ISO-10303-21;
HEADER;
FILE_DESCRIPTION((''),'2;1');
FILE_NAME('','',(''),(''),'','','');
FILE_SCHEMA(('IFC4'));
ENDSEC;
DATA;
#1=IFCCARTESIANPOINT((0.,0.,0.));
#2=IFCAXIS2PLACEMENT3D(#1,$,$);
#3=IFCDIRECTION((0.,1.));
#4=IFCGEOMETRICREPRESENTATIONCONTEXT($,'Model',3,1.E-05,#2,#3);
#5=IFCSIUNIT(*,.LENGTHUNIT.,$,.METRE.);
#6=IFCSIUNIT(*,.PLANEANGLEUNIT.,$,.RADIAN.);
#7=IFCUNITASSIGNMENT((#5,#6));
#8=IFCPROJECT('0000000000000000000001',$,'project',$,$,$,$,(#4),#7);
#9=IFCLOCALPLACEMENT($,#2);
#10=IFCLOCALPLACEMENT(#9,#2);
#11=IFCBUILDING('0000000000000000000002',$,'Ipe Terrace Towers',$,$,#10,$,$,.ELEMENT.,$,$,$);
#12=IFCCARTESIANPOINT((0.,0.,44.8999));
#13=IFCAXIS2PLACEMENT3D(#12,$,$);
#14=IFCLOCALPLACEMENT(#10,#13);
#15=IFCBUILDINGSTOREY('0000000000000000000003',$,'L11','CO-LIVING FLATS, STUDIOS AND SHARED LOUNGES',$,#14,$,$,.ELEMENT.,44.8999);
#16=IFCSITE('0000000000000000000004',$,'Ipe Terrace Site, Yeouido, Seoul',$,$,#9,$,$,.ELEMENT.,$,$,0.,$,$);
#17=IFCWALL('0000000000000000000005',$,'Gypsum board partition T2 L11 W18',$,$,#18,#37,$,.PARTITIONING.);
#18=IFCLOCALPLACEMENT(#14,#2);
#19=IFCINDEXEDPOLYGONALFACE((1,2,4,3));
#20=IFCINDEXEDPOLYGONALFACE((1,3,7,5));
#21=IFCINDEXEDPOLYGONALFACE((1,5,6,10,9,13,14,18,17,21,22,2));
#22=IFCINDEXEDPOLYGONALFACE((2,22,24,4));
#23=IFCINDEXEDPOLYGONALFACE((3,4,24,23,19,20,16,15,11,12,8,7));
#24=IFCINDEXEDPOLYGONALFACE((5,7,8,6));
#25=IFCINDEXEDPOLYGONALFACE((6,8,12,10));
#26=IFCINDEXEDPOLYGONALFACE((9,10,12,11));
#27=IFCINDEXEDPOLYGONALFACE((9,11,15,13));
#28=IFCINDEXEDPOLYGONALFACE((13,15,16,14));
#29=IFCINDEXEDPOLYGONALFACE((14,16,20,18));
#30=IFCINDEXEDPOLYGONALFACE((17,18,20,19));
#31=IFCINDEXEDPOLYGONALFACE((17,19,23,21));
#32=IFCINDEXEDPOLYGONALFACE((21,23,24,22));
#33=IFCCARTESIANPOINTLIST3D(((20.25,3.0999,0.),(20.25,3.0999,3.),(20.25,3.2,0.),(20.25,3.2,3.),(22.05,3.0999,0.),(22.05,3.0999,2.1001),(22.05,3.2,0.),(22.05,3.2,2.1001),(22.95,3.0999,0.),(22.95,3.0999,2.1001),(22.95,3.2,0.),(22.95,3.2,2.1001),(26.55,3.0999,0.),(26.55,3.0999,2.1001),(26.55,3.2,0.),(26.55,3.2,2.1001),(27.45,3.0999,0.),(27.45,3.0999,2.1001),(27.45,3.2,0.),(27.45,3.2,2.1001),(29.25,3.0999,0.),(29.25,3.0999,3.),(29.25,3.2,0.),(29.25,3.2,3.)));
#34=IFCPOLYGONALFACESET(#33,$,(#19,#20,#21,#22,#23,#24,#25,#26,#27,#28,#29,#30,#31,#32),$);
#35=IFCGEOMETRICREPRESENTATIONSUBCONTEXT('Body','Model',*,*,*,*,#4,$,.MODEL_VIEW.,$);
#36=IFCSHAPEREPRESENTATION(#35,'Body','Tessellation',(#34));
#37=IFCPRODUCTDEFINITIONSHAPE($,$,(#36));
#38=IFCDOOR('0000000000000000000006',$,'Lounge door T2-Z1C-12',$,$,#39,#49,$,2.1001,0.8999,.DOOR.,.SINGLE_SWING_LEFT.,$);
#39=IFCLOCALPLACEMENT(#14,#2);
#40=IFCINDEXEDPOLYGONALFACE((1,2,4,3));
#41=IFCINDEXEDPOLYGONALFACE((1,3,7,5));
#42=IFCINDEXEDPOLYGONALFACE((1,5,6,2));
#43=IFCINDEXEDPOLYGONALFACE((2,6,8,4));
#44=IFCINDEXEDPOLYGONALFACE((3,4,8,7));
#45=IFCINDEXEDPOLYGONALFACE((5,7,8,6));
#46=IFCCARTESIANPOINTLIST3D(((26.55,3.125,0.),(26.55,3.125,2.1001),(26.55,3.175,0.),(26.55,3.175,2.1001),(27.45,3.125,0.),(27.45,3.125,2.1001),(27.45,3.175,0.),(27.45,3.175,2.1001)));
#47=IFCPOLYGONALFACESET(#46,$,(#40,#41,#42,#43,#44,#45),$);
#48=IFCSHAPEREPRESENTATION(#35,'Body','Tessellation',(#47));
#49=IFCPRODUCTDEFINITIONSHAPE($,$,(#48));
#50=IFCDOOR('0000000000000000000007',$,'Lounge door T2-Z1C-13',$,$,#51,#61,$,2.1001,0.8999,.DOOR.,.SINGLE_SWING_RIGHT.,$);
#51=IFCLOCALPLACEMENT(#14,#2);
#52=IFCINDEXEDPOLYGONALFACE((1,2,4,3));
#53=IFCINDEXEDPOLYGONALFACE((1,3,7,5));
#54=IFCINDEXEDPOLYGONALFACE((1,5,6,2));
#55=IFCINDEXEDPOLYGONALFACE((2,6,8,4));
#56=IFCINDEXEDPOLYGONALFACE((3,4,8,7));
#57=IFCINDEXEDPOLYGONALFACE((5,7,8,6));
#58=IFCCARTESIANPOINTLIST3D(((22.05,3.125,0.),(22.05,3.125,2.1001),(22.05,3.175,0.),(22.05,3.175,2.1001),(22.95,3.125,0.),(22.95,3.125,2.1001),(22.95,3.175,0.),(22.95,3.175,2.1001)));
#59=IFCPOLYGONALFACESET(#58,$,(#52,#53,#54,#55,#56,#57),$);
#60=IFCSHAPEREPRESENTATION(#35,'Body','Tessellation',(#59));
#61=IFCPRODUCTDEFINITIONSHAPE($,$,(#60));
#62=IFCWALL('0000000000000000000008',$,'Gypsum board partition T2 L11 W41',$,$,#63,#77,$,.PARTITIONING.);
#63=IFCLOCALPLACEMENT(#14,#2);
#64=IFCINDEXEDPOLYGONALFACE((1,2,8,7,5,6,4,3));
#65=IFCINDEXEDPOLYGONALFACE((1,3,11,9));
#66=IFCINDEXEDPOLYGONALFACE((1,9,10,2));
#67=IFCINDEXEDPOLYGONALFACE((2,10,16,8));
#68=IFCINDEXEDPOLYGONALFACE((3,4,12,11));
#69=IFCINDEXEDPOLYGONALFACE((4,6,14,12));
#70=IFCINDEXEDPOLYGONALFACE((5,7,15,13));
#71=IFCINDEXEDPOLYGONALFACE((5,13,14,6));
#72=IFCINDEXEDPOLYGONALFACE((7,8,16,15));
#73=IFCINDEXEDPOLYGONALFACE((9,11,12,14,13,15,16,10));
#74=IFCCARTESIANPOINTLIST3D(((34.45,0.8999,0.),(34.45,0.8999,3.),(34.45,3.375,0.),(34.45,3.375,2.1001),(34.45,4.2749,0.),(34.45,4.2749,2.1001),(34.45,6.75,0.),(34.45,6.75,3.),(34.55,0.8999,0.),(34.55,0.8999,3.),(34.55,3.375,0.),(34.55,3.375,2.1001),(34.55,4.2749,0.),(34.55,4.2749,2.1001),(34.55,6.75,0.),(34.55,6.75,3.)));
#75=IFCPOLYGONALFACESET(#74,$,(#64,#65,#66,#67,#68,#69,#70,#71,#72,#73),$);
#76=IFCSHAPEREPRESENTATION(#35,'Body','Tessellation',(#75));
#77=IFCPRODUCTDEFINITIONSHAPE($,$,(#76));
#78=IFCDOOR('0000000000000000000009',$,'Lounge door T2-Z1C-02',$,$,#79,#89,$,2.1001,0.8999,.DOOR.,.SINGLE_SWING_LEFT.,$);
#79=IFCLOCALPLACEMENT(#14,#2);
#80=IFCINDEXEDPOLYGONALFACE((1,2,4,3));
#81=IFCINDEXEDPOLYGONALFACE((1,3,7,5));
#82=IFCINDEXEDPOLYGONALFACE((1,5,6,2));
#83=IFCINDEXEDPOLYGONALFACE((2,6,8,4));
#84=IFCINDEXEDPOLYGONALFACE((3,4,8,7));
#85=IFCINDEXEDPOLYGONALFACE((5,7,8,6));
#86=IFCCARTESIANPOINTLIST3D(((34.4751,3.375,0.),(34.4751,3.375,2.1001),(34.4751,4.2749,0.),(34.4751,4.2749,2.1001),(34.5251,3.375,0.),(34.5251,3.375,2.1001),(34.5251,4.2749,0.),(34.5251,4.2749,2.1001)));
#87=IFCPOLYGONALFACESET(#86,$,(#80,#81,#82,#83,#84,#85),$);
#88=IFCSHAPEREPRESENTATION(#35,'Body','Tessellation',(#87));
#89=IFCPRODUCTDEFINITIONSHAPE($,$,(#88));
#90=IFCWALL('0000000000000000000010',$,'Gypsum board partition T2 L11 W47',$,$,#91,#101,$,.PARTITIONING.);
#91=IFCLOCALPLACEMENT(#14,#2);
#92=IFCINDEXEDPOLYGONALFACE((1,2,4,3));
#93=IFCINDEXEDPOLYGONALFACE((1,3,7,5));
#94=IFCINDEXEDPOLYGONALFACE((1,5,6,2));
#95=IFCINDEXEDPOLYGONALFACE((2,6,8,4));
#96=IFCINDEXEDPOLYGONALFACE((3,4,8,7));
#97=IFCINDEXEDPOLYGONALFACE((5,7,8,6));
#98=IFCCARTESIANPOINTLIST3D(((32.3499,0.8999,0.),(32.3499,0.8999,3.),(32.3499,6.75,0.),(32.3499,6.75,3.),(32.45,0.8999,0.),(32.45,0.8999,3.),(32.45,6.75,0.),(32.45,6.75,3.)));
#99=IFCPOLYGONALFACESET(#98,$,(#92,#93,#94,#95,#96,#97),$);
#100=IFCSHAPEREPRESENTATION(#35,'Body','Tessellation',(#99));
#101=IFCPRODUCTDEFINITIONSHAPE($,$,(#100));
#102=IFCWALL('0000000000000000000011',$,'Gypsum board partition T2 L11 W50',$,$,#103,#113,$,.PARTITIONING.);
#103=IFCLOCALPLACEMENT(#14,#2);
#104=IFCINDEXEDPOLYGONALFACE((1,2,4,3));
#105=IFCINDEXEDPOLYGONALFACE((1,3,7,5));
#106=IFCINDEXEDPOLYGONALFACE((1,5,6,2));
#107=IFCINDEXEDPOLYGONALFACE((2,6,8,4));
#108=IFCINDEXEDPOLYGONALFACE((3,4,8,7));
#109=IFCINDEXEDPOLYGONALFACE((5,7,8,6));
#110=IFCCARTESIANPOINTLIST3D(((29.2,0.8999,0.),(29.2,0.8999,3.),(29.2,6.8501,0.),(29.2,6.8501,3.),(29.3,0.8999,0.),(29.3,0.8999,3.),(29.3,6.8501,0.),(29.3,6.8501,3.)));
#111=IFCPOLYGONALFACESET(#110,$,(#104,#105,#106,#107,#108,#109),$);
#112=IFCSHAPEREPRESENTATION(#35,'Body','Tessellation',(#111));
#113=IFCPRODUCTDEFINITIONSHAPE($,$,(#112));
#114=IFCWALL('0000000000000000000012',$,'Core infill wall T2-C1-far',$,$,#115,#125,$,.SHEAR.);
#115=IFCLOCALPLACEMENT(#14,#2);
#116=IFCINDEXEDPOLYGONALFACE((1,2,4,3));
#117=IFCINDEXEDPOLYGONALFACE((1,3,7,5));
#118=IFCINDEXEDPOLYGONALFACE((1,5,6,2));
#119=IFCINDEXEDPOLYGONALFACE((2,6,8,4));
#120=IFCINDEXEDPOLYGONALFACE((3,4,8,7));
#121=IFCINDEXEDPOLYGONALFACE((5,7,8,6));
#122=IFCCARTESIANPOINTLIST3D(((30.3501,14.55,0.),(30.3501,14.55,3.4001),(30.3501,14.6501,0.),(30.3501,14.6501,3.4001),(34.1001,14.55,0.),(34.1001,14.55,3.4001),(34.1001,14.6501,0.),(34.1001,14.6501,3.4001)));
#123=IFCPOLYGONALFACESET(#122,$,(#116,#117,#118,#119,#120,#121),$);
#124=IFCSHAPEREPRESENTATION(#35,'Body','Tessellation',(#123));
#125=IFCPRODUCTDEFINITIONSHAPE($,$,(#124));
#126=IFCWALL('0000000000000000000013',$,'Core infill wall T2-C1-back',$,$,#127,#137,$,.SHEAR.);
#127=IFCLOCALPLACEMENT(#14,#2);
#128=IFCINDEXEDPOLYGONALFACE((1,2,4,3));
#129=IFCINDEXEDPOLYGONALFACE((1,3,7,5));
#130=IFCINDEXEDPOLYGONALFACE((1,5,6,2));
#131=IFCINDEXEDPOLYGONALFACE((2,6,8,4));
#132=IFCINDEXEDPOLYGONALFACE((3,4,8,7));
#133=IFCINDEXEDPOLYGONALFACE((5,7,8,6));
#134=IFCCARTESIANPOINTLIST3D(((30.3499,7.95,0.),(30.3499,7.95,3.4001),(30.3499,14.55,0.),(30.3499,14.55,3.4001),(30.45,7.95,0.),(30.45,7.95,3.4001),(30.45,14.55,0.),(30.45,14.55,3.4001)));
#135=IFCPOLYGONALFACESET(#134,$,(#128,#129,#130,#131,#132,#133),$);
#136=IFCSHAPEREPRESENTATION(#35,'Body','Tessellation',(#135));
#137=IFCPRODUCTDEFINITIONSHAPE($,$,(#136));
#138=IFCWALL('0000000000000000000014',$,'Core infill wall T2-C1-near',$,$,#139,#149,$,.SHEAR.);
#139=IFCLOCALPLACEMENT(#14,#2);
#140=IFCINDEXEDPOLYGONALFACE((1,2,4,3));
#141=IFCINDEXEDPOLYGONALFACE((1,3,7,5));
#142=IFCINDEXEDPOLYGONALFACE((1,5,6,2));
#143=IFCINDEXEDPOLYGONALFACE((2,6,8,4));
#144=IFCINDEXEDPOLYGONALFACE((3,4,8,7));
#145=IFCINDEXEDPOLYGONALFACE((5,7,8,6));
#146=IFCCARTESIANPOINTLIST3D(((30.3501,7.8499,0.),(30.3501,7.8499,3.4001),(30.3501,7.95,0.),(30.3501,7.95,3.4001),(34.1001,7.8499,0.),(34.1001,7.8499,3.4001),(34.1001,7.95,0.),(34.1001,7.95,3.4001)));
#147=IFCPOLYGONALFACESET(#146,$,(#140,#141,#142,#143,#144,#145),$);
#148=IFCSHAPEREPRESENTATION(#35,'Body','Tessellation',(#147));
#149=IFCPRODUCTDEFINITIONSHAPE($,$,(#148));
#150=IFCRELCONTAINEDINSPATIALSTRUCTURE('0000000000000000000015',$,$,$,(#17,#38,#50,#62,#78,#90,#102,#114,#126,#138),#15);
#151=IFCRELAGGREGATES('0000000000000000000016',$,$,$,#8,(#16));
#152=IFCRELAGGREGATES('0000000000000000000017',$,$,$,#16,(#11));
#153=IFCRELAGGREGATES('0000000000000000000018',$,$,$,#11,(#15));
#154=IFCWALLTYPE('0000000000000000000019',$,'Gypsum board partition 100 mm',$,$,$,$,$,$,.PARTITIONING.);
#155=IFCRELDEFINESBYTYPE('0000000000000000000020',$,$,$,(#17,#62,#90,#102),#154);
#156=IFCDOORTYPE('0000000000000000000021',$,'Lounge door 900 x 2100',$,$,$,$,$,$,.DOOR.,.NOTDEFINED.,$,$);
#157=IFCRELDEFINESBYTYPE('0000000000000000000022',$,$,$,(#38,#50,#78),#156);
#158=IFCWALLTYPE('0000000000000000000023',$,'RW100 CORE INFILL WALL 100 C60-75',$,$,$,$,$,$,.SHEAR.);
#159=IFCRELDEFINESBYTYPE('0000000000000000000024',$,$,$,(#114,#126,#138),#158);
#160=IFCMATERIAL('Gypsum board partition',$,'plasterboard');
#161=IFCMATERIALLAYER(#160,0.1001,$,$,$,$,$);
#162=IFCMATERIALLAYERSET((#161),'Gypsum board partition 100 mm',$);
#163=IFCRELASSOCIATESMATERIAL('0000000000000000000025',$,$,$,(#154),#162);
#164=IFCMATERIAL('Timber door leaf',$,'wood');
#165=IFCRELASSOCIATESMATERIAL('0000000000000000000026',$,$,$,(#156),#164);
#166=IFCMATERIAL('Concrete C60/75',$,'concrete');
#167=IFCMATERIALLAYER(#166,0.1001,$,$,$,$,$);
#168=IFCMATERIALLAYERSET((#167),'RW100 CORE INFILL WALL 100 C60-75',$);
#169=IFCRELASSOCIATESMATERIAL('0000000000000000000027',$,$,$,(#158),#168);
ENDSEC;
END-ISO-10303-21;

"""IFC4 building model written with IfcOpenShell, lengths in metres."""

from ifc_helpers import new_model, si_unit, direction, frame, frame_2d, origin, place, context, subcontext, project, spatial, rectangle, extrude, material, layer, layer_set, type_object, element, fill, save


model = new_model("IFC4")

# Units and contexts
model_context = context("Model", 3, precision=1e-05, world=origin(), true_north=direction((0.0, 1.0)))
body_context = subcontext(model_context, "Body", "Model", "MODEL_VIEW")
ifc_project = project(units=[si_unit("LENGTHUNIT", "METRE"), si_unit("PLANEANGLEUNIT", "RADIAN")], contexts=[model_context])

# Site, building, storey
site_placement = place(None, origin())
site = spatial("IfcSite", under=ifc_project, at=site_placement, Name="Ipe Terrace Site, Yeouido, Seoul", CompositionType="ELEMENT", RefElevation=0.0)
building_placement = place(site_placement, origin())
building = spatial("IfcBuilding", under=site, at=building_placement, Name="Ipe Terrace Towers", CompositionType="ELEMENT")
storey_placement = place(building_placement, frame((0.0, 0.0, 44.8999)))
storey = spatial("IfcBuildingStorey", under=building, at=storey_placement, Name="L11", Description="CO-LIVING FLATS, STUDIOS AND SHARED LOUNGES", CompositionType="ELEMENT", Elevation=44.8999)

# Shared definitions
ifc_material_1 = material(Name="Gypsum board partition", Category="plasterboard")
ifc_layer_1 = layer(ifc_material_1, 0.1001)
ifc_layer_set_1 = layer_set([ifc_layer_1], Name="Gypsum board partition 100 mm")
wall_type_1 = type_object("IfcWallType", Name="Gypsum board partition 100 mm", PredefinedType="PARTITIONING", material=ifc_layer_set_1)
ifc_material_2 = material(Name="Timber door leaf", Category="wood")
door_type_1 = type_object("IfcDoorType", Name="Lounge door 900 x 2100", OperationType="NOTDEFINED", PredefinedType="DOOR", material=ifc_material_2)

# Wall, openings, doors
wall_1_placement = place(storey_placement, frame((29.25, 3.1499, 0.0), z_axis=(0.0, 0.0, 1.0), x_axis=(-1.0, 0.0, 0.0)))
wall_1 = element("IfcWall", 1, at=wall_1_placement, inside=storey, type_object=wall_type_1, Name="Gypsum board partition T2 L11 W18", PredefinedType="PARTITIONING", context=body_context, shape_type="SweptSolid", body=[
    extrude(rectangle(XDim=9.0, YDim=0.1001, at=frame_2d((4.5, 0.0))), origin(), (0.0, 0.0, 1.0), 3.0),
])
opening_1_placement = place(wall_1_placement, frame((1.8, 0.0, 0.0)))
opening_1 = element("IfcOpeningElement", 2, at=opening_1_placement, cuts=wall_1, PredefinedType="OPENING", context=body_context, shape_type="SweptSolid", body=[
    extrude(rectangle(XDim=0.8999, YDim=2.1001, at=frame_2d((0.45, 1.05))), frame((0.0, 0.0601, 0.0), z_axis=(0.0, -1.0, 0.0), x_axis=(1.0, 0.0, 0.0)), (0.0, 0.0, 1.0), 0.1201),
])
opening_2_placement = place(wall_1_placement, frame((6.3, 0.0, 0.0)))
opening_2 = element("IfcOpeningElement", 3, at=opening_2_placement, cuts=wall_1, PredefinedType="OPENING", context=body_context, shape_type="SweptSolid", body=[
    extrude(rectangle(XDim=0.8999, YDim=2.1001, at=frame_2d((0.45, 1.05))), frame((0.0, 0.0601, 0.0), z_axis=(0.0, -1.0, 0.0), x_axis=(1.0, 0.0, 0.0)), (0.0, 0.0, 1.0), 0.1201),
])
door_1_placement = place(opening_1_placement, origin())
door_1 = element("IfcDoor", 4, at=door_1_placement, inside=storey, type_object=door_type_1, Name="Lounge door T2-Z1C-12", OperationType="SINGLE_SWING_LEFT", OverallHeight=2.1001, OverallWidth=0.8999, PredefinedType="DOOR", context=body_context, shape_type="SweptSolid", body=[
    extrude(rectangle(XDim=0.8999, YDim=2.1001, at=frame_2d((0.45, 1.05))), frame((0.0, 0.0249, 0.0), z_axis=(0.0, -1.0, 0.0), x_axis=(1.0, 0.0, 0.0)), (0.0, 0.0, 1.0), 0.05),
])
fill(opening_1, door_1)
door_2_placement = place(opening_2_placement, origin())
door_2 = element("IfcDoor", 5, at=door_2_placement, inside=storey, type_object=door_type_1, Name="Lounge door T2-Z1C-13", OperationType="SINGLE_SWING_RIGHT", OverallHeight=2.1001, OverallWidth=0.8999, PredefinedType="DOOR", context=body_context, shape_type="SweptSolid", body=[
    extrude(rectangle(XDim=0.8999, YDim=2.1001, at=frame_2d((0.45, 1.05))), frame((0.0, 0.0249, 0.0), z_axis=(0.0, -1.0, 0.0), x_axis=(1.0, 0.0, 0.0)), (0.0, 0.0, 1.0), 0.05),
])
fill(opening_2, door_2)

# Wall, opening, door
wall_2_placement = place(storey_placement, frame((34.5, 0.8999, 0.0), z_axis=(0.0, 0.0, 1.0), x_axis=(0.0, 1.0, 0.0)))
wall_2 = element("IfcWall", 6, at=wall_2_placement, inside=storey, type_object=wall_type_1, Name="Gypsum board partition T2 L11 W41", PredefinedType="PARTITIONING", context=body_context, shape_type="SweptSolid", body=[
    extrude(rectangle(XDim=5.8501, YDim=0.1001, at=frame_2d((2.925, 0.0))), origin(), (0.0, 0.0, 1.0), 3.0),
])
opening_3_placement = place(wall_2_placement, frame((2.4751, 0.0, 0.0)))
opening_3 = element("IfcOpeningElement", 7, at=opening_3_placement, cuts=wall_2, PredefinedType="OPENING", context=body_context, shape_type="SweptSolid", body=[
    extrude(rectangle(XDim=0.8999, YDim=2.1001, at=frame_2d((0.45, 1.05))), frame((0.0, 0.0601, 0.0), z_axis=(0.0, -1.0, 0.0), x_axis=(1.0, 0.0, 0.0)), (0.0, 0.0, 1.0), 0.1201),
])
door_3_placement = place(opening_3_placement, origin())
door_3 = element("IfcDoor", 8, at=door_3_placement, inside=storey, type_object=door_type_1, Name="Lounge door T2-Z1C-02", OperationType="SINGLE_SWING_LEFT", OverallHeight=2.1001, OverallWidth=0.8999, PredefinedType="DOOR", context=body_context, shape_type="SweptSolid", body=[
    extrude(rectangle(XDim=0.8999, YDim=2.1001, at=frame_2d((0.45, 1.05))), frame((0.0, 0.0249, 0.0), z_axis=(0.0, -1.0, 0.0), x_axis=(1.0, 0.0, 0.0)), (0.0, 0.0, 1.0), 0.05),
])
fill(opening_3, door_3)

# Walls
wall_3_placement = place(storey_placement, frame((32.3999, 0.8999, 0.0), z_axis=(0.0, 0.0, 1.0), x_axis=(0.0, 1.0, 0.0)))
element("IfcWall", 9, at=wall_3_placement, inside=storey, type_object=wall_type_1, Name="Gypsum board partition T2 L11 W47", PredefinedType="PARTITIONING", context=body_context, shape_type="SweptSolid", body=[
    extrude(rectangle(XDim=5.8501, YDim=0.1001, at=frame_2d((2.925, 0.0))), origin(), (0.0, 0.0, 1.0), 3.0),
])
wall_4_placement = place(storey_placement, frame((29.25, 0.8999, 0.0), z_axis=(0.0, 0.0, 1.0), x_axis=(0.0, 1.0, 0.0)))
element("IfcWall", 10, at=wall_4_placement, inside=storey, type_object=wall_type_1, Name="Gypsum board partition T2 L11 W50", PredefinedType="PARTITIONING", context=body_context, shape_type="SweptSolid", body=[
    extrude(rectangle(XDim=5.9502, YDim=0.1001, at=frame_2d((2.9751, 0.0))), origin(), (0.0, 0.0, 1.0), 3.0),
])
ifc_material_3 = material(Name="Concrete C60/75", Category="concrete")
ifc_layer_2 = layer(ifc_material_3, 0.1001)
ifc_layer_set_2 = layer_set([ifc_layer_2], Name="RW100 CORE INFILL WALL 100 C60-75")
wall_type_2 = type_object("IfcWallType", Name="RW100 CORE INFILL WALL 100 C60-75", PredefinedType="SHEAR", material=ifc_layer_set_2)
wall_5_placement = place(storey_placement, frame((34.1001, 14.6001, 0.0), z_axis=(0.0, 0.0, 1.0), x_axis=(-1.0, 0.0, 0.0)))
element("IfcWall", 11, at=wall_5_placement, inside=storey, type_object=wall_type_2, Name="Core infill wall T2-C1-far", PredefinedType="SHEAR", context=body_context, shape_type="SweptSolid", body=[
    extrude(rectangle(XDim=3.75, YDim=0.1001, at=frame_2d((1.875, 0.0))), origin(), (0.0, 0.0, 1.0), 3.4001),
])
wall_6_placement = place(storey_placement, frame((30.3999, 7.95, 0.0), z_axis=(0.0, 0.0, 1.0), x_axis=(0.0, 1.0, 0.0)))
element("IfcWall", 12, at=wall_6_placement, inside=storey, type_object=wall_type_2, Name="Core infill wall T2-C1-back", PredefinedType="SHEAR", context=body_context, shape_type="SweptSolid", body=[
    extrude(rectangle(XDim=6.6001, YDim=0.1001, at=frame_2d((3.3, 0.0))), origin(), (0.0, 0.0, 1.0), 3.4001),
])
wall_7_placement = place(storey_placement, frame((34.1001, 7.8999, 0.0), z_axis=(0.0, 0.0, 1.0), x_axis=(-1.0, 0.0, 0.0)))
element("IfcWall", 13, at=wall_7_placement, inside=storey, type_object=wall_type_2, Name="Core infill wall T2-C1-near", PredefinedType="SHEAR", context=body_context, shape_type="SweptSolid", body=[
    extrude(rectangle(XDim=3.75, YDim=0.1001, at=frame_2d((1.875, 0.0))), origin(), (0.0, 0.0, 1.0), 3.4001),
])

save(model, "model.ifc")
